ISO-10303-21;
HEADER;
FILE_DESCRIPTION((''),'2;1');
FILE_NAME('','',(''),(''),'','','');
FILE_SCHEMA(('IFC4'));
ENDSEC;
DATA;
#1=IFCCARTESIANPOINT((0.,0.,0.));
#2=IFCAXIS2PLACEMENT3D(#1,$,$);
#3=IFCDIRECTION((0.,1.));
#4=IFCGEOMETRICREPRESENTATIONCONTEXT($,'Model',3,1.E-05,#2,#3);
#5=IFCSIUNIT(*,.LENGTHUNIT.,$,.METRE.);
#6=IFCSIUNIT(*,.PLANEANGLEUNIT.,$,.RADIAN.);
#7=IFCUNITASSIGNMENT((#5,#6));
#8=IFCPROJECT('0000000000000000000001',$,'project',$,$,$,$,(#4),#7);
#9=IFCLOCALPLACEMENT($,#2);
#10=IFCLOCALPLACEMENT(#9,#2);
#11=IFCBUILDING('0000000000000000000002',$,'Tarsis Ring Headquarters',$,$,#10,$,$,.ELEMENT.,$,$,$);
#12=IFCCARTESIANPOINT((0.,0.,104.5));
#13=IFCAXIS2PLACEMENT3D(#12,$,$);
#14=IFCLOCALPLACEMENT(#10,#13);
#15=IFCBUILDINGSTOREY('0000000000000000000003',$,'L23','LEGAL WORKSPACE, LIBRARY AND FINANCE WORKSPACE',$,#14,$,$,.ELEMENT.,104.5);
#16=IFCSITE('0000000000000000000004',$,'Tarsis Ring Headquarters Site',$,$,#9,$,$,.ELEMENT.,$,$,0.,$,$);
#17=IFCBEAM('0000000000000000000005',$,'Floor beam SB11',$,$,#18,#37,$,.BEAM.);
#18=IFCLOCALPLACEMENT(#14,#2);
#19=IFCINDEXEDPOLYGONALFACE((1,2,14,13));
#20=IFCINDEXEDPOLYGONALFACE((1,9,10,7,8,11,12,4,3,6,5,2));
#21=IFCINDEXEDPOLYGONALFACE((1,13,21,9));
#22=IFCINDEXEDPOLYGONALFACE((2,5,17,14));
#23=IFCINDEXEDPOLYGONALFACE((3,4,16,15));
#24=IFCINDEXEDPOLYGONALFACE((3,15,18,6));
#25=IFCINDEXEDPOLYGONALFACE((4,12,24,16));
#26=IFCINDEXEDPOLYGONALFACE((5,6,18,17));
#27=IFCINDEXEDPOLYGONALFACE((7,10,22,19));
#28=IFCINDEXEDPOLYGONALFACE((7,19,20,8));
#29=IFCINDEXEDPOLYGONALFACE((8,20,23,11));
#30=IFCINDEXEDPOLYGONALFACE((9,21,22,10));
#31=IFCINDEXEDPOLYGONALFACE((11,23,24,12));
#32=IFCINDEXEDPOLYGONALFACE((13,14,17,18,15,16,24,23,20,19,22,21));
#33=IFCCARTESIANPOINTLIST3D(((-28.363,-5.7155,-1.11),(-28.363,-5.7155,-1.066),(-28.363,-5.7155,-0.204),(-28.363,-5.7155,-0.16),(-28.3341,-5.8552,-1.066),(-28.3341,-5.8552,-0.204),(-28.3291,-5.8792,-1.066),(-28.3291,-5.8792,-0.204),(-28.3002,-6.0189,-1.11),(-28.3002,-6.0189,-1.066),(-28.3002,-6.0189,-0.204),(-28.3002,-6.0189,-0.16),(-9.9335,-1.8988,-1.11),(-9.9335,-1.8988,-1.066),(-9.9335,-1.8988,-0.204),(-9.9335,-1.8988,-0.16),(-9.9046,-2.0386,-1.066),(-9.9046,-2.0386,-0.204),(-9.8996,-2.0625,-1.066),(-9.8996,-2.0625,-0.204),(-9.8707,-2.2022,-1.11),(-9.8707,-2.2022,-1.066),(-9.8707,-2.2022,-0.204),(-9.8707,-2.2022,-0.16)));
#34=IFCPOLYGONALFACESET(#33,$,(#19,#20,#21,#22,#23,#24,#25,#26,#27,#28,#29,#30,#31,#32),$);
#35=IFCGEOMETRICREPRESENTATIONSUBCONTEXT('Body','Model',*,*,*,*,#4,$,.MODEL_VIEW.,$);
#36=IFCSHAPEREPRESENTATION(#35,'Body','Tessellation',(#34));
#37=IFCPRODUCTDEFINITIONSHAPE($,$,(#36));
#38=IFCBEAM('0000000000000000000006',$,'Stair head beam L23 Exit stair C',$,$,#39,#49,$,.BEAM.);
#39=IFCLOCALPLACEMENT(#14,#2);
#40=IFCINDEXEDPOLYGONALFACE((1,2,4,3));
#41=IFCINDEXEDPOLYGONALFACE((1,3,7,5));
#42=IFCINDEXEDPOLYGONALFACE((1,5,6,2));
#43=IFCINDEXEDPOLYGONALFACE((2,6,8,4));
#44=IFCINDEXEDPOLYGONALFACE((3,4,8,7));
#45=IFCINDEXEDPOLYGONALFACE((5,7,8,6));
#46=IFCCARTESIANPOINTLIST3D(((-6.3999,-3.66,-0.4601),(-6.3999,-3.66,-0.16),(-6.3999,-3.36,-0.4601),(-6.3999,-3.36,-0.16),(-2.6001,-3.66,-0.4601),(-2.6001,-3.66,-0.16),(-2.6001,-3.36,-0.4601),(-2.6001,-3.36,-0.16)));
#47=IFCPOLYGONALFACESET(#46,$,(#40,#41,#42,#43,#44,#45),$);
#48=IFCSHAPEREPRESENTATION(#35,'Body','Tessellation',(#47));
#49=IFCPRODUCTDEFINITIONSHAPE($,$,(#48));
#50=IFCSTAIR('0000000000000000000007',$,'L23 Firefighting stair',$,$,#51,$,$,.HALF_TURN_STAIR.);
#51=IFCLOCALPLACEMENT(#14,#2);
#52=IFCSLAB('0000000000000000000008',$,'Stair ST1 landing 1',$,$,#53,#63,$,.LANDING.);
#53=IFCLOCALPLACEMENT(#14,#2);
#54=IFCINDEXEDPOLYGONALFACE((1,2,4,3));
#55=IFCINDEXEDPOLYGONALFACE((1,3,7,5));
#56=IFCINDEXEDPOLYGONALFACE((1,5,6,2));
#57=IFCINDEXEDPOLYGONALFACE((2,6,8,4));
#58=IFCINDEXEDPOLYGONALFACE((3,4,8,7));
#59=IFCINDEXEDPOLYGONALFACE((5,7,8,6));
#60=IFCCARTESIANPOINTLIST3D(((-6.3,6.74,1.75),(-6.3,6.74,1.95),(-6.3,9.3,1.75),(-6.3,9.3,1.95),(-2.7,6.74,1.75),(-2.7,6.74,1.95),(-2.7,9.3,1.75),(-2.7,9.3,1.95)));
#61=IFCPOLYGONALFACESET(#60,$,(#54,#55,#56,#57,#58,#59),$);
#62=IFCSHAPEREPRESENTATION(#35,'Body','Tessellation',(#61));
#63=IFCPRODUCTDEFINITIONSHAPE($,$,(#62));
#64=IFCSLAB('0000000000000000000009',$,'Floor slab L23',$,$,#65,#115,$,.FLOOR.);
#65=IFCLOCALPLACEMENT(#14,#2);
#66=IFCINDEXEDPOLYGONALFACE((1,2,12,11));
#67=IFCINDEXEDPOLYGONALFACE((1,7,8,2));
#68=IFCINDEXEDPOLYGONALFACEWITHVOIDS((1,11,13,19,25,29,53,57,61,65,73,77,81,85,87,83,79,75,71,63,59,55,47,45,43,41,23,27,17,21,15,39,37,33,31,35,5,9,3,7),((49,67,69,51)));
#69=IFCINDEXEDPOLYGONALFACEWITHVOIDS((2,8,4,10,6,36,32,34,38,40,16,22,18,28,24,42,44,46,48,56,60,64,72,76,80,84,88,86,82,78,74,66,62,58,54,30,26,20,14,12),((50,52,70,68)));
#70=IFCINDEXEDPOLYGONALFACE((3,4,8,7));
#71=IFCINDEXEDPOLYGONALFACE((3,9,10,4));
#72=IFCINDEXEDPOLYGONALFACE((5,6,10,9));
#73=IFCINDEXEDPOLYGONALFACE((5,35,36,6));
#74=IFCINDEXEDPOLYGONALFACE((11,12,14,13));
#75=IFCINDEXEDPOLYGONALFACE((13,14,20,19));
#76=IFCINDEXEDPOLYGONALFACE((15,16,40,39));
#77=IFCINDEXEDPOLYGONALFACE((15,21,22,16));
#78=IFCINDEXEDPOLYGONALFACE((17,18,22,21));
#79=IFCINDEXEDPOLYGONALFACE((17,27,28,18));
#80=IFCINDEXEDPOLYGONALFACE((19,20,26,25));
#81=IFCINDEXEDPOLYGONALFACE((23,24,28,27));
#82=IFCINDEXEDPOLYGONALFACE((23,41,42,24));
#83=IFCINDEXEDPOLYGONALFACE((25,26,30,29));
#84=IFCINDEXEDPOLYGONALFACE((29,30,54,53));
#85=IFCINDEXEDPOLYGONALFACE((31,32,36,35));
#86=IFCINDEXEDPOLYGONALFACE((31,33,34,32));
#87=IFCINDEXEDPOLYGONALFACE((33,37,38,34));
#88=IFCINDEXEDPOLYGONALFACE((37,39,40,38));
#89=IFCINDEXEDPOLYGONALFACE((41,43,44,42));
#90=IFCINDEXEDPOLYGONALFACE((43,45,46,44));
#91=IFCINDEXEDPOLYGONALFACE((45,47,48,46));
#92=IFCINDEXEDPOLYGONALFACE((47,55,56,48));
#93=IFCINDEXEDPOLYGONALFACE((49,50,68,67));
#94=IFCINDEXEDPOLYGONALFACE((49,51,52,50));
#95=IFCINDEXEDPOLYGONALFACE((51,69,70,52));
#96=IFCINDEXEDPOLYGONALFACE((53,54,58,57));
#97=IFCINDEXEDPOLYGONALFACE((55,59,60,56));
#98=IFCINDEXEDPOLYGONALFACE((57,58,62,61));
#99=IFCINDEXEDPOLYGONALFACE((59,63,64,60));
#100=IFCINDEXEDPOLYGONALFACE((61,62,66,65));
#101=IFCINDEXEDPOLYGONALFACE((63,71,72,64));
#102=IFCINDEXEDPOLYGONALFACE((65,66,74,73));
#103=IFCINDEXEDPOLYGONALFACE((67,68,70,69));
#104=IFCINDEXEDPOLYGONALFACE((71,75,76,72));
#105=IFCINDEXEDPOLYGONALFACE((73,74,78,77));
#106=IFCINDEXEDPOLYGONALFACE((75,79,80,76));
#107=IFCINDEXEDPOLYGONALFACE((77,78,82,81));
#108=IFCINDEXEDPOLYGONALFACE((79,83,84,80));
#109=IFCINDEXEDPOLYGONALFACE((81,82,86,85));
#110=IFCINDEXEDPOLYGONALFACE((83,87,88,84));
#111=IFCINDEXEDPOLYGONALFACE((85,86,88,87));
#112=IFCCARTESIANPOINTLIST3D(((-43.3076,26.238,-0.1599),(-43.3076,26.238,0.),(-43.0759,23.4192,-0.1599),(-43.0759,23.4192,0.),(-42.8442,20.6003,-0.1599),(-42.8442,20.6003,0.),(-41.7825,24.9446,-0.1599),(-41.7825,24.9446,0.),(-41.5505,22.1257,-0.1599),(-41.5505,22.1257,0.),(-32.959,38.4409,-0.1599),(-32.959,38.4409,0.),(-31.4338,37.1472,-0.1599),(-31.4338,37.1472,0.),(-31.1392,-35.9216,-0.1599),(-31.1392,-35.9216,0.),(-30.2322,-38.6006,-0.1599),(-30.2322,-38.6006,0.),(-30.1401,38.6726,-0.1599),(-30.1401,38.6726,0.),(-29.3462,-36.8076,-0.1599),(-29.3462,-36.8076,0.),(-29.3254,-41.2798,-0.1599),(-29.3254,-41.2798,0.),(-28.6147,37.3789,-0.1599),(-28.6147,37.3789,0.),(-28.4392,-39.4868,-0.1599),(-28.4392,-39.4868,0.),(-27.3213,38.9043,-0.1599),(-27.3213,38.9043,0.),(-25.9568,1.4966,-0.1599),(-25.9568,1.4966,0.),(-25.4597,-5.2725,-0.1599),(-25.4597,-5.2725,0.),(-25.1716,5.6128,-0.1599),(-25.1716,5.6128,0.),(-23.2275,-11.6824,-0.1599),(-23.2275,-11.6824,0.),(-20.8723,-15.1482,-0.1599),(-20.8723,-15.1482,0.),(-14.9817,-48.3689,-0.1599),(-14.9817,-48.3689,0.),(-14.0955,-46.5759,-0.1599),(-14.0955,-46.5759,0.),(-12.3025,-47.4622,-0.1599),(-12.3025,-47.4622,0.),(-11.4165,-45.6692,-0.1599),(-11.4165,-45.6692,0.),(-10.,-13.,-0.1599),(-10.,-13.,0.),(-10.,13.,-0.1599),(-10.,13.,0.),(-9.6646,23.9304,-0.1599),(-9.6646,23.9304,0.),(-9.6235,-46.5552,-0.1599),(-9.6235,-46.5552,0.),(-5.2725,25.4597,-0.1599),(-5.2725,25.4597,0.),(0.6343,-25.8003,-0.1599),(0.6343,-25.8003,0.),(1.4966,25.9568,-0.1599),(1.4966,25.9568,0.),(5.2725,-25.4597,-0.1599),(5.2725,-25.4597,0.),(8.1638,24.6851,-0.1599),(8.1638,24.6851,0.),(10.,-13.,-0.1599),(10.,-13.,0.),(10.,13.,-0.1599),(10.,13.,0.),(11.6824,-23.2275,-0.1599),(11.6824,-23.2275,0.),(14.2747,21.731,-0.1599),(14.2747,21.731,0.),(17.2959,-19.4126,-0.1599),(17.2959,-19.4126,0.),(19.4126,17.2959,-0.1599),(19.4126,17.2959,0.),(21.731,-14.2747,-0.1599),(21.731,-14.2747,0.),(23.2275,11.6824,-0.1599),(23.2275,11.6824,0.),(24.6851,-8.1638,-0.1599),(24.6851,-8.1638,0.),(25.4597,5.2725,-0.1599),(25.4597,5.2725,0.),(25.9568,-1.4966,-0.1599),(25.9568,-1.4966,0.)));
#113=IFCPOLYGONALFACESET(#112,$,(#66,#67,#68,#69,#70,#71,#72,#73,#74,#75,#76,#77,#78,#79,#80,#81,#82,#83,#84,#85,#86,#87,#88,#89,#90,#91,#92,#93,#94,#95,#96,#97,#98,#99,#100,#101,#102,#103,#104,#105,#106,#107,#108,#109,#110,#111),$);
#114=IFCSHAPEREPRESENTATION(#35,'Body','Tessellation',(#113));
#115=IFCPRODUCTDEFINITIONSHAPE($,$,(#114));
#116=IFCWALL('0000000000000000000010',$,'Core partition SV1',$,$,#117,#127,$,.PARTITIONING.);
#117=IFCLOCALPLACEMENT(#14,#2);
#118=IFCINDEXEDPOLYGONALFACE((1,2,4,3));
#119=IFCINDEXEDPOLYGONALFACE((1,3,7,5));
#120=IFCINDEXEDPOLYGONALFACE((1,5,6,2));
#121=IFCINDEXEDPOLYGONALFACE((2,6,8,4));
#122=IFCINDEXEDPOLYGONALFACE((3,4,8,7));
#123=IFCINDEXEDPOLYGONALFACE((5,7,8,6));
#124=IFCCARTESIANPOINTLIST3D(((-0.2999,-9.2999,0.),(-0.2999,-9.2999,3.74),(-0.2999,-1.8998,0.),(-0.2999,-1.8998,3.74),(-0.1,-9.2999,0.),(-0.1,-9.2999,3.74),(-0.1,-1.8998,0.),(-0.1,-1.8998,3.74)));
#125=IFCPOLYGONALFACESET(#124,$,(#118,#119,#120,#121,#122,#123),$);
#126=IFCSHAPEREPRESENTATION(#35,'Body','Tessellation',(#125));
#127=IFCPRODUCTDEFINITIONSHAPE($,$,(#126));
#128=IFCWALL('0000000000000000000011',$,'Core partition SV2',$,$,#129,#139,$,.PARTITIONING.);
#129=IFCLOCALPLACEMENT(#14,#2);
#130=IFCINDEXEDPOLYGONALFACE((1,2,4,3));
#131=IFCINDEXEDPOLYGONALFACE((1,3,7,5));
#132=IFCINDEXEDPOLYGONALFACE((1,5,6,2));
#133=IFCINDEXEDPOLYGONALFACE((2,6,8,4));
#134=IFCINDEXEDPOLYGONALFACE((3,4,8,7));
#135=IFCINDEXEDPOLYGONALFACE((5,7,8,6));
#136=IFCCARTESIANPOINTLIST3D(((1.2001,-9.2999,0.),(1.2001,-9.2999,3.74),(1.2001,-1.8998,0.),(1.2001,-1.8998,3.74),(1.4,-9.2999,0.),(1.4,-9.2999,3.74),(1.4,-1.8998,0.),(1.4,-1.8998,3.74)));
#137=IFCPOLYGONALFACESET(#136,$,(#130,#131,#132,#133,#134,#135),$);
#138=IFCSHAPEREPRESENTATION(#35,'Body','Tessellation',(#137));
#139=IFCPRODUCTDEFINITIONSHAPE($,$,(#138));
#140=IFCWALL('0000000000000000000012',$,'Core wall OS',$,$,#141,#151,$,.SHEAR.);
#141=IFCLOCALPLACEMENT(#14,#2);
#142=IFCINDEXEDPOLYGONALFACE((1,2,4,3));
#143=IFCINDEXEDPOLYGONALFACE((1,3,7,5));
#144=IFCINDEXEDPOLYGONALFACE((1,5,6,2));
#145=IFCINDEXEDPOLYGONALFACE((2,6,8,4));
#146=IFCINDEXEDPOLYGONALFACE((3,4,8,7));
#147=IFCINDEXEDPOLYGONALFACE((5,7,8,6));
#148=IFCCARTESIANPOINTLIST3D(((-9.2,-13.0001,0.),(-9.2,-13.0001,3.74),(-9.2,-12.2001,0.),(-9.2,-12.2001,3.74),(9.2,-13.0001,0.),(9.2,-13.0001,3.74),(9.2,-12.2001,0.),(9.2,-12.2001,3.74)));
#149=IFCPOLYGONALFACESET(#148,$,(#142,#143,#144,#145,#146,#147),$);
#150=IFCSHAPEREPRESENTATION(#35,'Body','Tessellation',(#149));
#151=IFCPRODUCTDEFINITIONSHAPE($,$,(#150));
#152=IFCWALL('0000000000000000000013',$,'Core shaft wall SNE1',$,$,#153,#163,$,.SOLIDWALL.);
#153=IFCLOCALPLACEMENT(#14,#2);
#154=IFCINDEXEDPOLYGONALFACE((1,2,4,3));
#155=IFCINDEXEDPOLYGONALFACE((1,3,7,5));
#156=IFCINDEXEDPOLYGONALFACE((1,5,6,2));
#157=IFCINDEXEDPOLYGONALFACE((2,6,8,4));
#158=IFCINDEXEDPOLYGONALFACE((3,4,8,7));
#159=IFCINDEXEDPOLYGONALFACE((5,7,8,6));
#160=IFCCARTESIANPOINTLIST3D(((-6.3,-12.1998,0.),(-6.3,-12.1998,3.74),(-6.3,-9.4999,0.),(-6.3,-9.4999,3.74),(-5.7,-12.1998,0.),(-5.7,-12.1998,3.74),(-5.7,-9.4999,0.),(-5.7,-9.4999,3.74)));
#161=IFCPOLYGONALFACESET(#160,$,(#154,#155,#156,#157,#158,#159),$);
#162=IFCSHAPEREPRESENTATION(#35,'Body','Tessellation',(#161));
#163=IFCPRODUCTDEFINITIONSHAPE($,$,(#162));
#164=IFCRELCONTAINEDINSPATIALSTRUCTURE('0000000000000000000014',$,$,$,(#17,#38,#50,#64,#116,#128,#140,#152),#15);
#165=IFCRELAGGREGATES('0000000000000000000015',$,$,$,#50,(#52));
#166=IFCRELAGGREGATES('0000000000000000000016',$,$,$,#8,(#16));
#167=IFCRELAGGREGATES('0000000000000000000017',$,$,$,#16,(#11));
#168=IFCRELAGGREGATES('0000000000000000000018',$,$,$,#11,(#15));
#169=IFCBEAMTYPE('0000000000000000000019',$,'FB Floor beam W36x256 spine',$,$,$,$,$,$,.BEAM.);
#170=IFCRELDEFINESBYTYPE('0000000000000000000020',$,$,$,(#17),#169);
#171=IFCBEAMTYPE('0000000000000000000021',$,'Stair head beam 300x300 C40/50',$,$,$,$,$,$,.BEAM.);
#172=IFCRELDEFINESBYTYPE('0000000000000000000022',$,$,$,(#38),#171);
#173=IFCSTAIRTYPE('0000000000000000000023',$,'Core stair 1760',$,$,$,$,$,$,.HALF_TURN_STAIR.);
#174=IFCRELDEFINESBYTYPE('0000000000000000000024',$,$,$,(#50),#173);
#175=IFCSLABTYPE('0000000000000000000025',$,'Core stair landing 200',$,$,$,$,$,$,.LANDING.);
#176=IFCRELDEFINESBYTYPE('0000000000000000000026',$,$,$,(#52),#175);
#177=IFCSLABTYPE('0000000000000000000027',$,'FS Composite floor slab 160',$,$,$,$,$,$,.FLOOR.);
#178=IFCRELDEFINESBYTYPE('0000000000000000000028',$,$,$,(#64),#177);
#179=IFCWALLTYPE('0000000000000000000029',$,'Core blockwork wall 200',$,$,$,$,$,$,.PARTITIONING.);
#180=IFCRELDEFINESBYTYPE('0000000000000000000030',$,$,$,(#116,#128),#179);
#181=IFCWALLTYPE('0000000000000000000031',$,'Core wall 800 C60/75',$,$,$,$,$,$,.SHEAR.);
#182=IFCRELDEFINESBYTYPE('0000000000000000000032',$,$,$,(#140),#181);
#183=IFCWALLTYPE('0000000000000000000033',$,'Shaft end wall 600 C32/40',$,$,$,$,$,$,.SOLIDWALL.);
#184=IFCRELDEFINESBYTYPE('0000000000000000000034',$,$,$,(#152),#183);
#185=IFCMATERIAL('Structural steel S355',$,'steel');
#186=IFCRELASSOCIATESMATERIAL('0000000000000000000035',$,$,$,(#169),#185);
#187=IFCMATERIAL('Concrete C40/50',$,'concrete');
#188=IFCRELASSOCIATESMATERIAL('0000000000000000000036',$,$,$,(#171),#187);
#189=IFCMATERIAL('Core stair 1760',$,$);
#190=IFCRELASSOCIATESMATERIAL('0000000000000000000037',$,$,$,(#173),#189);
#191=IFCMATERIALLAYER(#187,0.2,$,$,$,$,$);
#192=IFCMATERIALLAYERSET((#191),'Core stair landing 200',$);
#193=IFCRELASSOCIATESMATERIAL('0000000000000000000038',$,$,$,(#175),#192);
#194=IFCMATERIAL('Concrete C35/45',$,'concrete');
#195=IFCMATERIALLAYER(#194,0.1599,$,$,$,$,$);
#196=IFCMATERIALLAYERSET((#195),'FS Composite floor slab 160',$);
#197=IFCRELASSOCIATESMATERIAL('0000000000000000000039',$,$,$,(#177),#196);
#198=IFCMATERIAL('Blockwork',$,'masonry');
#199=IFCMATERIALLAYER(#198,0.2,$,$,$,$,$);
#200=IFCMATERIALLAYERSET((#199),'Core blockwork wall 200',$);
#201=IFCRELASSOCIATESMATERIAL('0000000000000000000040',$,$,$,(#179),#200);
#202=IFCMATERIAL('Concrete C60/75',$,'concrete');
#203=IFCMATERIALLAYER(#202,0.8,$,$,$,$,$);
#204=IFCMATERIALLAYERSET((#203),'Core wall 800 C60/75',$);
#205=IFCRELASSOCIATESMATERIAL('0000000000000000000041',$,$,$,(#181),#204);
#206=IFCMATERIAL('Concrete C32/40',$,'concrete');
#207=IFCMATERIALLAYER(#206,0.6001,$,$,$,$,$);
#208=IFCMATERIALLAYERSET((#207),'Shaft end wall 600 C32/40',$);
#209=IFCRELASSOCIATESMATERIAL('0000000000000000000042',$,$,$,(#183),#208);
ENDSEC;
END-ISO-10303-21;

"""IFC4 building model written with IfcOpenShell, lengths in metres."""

from ifc_helpers import new_model, si_unit, direction, frame, frame_2d, origin, origin_2d, place, context, subcontext, project, spatial, polyline, rectangle, i_section, outline, extrude, material, layer, layer_set, material_profile, profile_set, type_object, element, aggregate, save


model = new_model("IFC4")

# Units and contexts
model_context = context("Model", 3, precision=1e-05, world=origin(), true_north=direction((0.0, 1.0)))
body_context = subcontext(model_context, "Body", "Model", "MODEL_VIEW")
ifc_project = project(units=[si_unit("LENGTHUNIT", "METRE"), si_unit("PLANEANGLEUNIT", "RADIAN")], contexts=[model_context])

# Site, building, storey
site_placement = place(None, origin())
site = spatial("IfcSite", under=ifc_project, at=site_placement, Name="Tarsis Ring Headquarters Site", CompositionType="ELEMENT", RefElevation=0.0)
building_placement = place(site_placement, origin())
building = spatial("IfcBuilding", under=site, at=building_placement, Name="Tarsis Ring Headquarters", CompositionType="ELEMENT")
storey_placement = place(building_placement, frame((0.0, 0.0, 104.5)))
storey = spatial("IfcBuildingStorey", under=building, at=storey_placement, Name="L23", Description="LEGAL WORKSPACE, LIBRARY AND FINANCE WORKSPACE", CompositionType="ELEMENT", Elevation=104.5)

# Beams
ifc_material_1 = material(Name="Structural steel S355", Category="steel")
ifc_material_profile_1 = material_profile(ifc_material_1, i_section(OverallWidth=0.3098, OverallDepth=0.95, WebThickness=0.0244, FlangeThickness=0.0439, at=origin_2d()), Name="W36x256")
ifc_profile_set_1 = profile_set([ifc_material_profile_1], Name="Structural steel S355")
beam_type_1 = type_object("IfcBeamType", Name="FB Floor beam W36x256 spine", PredefinedType="BEAM", material=ifc_profile_set_1)
beam_1_placement = place(storey_placement, frame((-9.9021, -2.0505, -0.635), z_axis=(-0.979222, -0.202792, 0.0), x_axis=(0.202792, -0.979222, 0.0)))
element("IfcBeam", 1, at=beam_1_placement, inside=storey, type_object=beam_type_1, Name="Floor beam SB11", PredefinedType="BEAM", context=body_context, shape_type="SweptSolid", body=[
    extrude(i_section(OverallWidth=0.3098, OverallDepth=0.95, WebThickness=0.0244, FlangeThickness=0.0439, at=origin_2d()), origin(), (0.0, 0.0, 1.0), 18.8206),
])
ifc_material_2 = material(Name="Concrete C40/50", Category="concrete")
ifc_material_profile_2 = material_profile(ifc_material_2, rectangle(XDim=0.3, YDim=0.3, at=origin_2d()), Name="Stair head beam 300x300 C40/50")
ifc_profile_set_2 = profile_set([ifc_material_profile_2], Name="Concrete C40/50")
beam_type_2 = type_object("IfcBeamType", Name="Stair head beam 300x300 C40/50", PredefinedType="BEAM", material=ifc_profile_set_2)
beam_2_placement = place(storey_placement, frame((-6.3999, -3.51, -0.3101), z_axis=(1.0, 0.0, 0.0), x_axis=(0.0, 1.0, 0.0)))
element("IfcBeam", 2, at=beam_2_placement, inside=storey, type_object=beam_type_2, Name="Stair head beam L23 Exit stair C", PredefinedType="BEAM", context=body_context, shape_type="SweptSolid", body=[
    extrude(rectangle(XDim=0.3, YDim=0.3, at=origin_2d()), origin(), (0.0, 0.0, 1.0), 3.7998),
])

# Stair, slab
ifc_material_3 = material(Name="Core stair 1760")
stair_type = type_object("IfcStairType", Name="Core stair 1760", PredefinedType="HALF_TURN_STAIR", material=ifc_material_3)
stair_placement = place(storey_placement, origin())
stair = element("IfcStair", 3, at=stair_placement, inside=storey, type_object=stair_type, Name="L23 Firefighting stair", PredefinedType="HALF_TURN_STAIR")
ifc_layer_1 = layer(ifc_material_2, 0.2)
ifc_layer_set_1 = layer_set([ifc_layer_1], Name="Core stair landing 200")
slab_type_1 = type_object("IfcSlabType", Name="Core stair landing 200", PredefinedType="LANDING", material=ifc_layer_set_1)
slab_1_placement = place(storey_placement, frame((0.0, 0.0, 1.75)))
slab_1 = element("IfcSlab", 4, at=slab_1_placement, type_object=slab_type_1, Name="Stair ST1 landing 1", PredefinedType="LANDING", context=body_context, shape_type="SweptSolid", body=[
    extrude(outline(polyline([(-2.7, 6.74), (-2.7, 9.3), (-6.3, 9.3), (-6.3, 6.74), (-2.7, 6.74)])), origin(), (0.0, 0.0, 1.0), 0.2),
])
aggregate(stair, [slab_1])

# Slab
ifc_material_4 = material(Name="Concrete C35/45", Category="concrete")
ifc_layer_2 = layer(ifc_material_4, 0.1599)
ifc_layer_set_2 = layer_set([ifc_layer_2], Name="FS Composite floor slab 160")
slab_type_2 = type_object("IfcSlabType", Name="FS Composite floor slab 160", PredefinedType="FLOOR", material=ifc_layer_set_2)
slab_2_placement = place(storey_placement, frame((0.0, 0.0, -0.1599)))
element("IfcSlab", 5, at=slab_2_placement, inside=storey, type_object=slab_type_2, Name="Floor slab L23", PredefinedType="FLOOR", context=body_context, shape_type="SweptSolid", body=[
    extrude(outline(polyline([(-25.1716, 5.6128), (-25.9568, 1.4966), (-25.4597, -5.2725), (-23.2275, -11.6824), (-20.8723, -15.1482), (-31.1392, -35.9216), (-29.3462, -36.8076), (-30.2322, -38.6006), (-28.4392, -39.4868), (-29.3254, -41.2798), (-14.9817, -48.3689), (-14.0955, -46.5759), (-12.3025, -47.4622), (-11.4165, -45.6692), (-9.6235, -46.5552), (0.6343, -25.8003), (5.2725, -25.4597), (11.6824, -23.2275), (17.2959, -19.4126), (21.731, -14.2747), (24.6851, -8.1638), (25.9568, -1.4966), (25.4597, 5.2725), (23.2275, 11.6824), (19.4126, 17.2959), (14.2747, 21.731), (8.1638, 24.6851), (1.4966, 25.9568), (-5.2725, 25.4597), (-9.6646, 23.9304), (-27.3213, 38.9043), (-28.6147, 37.3789), (-30.1401, 38.6726), (-31.4338, 37.1472), (-32.959, 38.4409), (-43.3076, 26.238), (-41.7825, 24.9446), (-43.0759, 23.4192), (-41.5505, 22.1257), (-42.8442, 20.6003), (-25.1716, 5.6128)]), holes=[polyline([(-10.0, -13.0), (-10.0, 13.0), (10.0, 13.0), (10.0, -13.0), (-10.0, -13.0)])]), origin(), (0.0, 0.0, 1.0), 0.1599),
])

# Walls
ifc_material_5 = material(Name="Blockwork", Category="masonry")
ifc_layer_3 = layer(ifc_material_5, 0.2)
ifc_layer_set_3 = layer_set([ifc_layer_3], Name="Core blockwork wall 200")
wall_type_1 = type_object("IfcWallType", Name="Core blockwork wall 200", PredefinedType="PARTITIONING", material=ifc_layer_set_3)
for number, where, z_axis, x_axis, name in (
    (6, (-0.2, -9.3, 0.0), (0.0, 0.0, 1.0), (0.0, 1.0, 0.0), "Core partition SV1"),
    (7, (1.3, -9.3, 0.0), (0.0, 0.0, 1.0), (0.0, 1.0, 0.0), "Core partition SV2"),
):
    element("IfcWall", number, at=place(storey_placement, frame(where, z_axis=z_axis, x_axis=x_axis)), inside=storey, type_object=wall_type_1, Name=name, PredefinedType="PARTITIONING", context=body_context, shape_type="SweptSolid", body=[
        extrude(rectangle(XDim=7.4001, YDim=0.2, at=frame_2d((3.7002, 0.0))), origin(), (0.0, 0.0, 1.0), 3.74),
    ])
ifc_material_6 = material(Name="Concrete C60/75", Category="concrete")
ifc_layer_4 = layer(ifc_material_6, 0.8)
ifc_layer_set_4 = layer_set([ifc_layer_4], Name="Core wall 800 C60/75")
wall_type_2 = type_object("IfcWallType", Name="Core wall 800 C60/75", PredefinedType="SHEAR", material=ifc_layer_set_4)
wall_1_placement = place(storey_placement, frame((-9.2, -12.6001, 0.0), z_axis=(0.0, 0.0, 1.0), x_axis=(1.0, 0.0, 0.0)))
element("IfcWall", 8, at=wall_1_placement, inside=storey, type_object=wall_type_2, Name="Core wall OS", PredefinedType="SHEAR", context=body_context, shape_type="SweptSolid", body=[
    extrude(rectangle(XDim=18.3999, YDim=0.8, at=frame_2d((9.2, 0.0))), origin(), (0.0, 0.0, 1.0), 3.74),
])
ifc_material_7 = material(Name="Concrete C32/40", Category="concrete")
ifc_layer_5 = layer(ifc_material_7, 0.6001)
ifc_layer_set_5 = layer_set([ifc_layer_5], Name="Shaft end wall 600 C32/40")
wall_type_3 = type_object("IfcWallType", Name="Shaft end wall 600 C32/40", PredefinedType="SOLIDWALL", material=ifc_layer_set_5)
wall_2_placement = place(storey_placement, frame((-6.0, -12.2, 0.0), z_axis=(0.0, 0.0, 1.0), x_axis=(0.0, 1.0, 0.0)))
element("IfcWall", 9, at=wall_2_placement, inside=storey, type_object=wall_type_3, Name="Core shaft wall SNE1", PredefinedType="SOLIDWALL", context=body_context, shape_type="SweptSolid", body=[
    extrude(rectangle(XDim=2.7, YDim=0.6001, at=frame_2d((1.3501, 0.0))), origin(), (0.0, 0.0, 1.0), 3.74),
])

save(model, "model.ifc")
